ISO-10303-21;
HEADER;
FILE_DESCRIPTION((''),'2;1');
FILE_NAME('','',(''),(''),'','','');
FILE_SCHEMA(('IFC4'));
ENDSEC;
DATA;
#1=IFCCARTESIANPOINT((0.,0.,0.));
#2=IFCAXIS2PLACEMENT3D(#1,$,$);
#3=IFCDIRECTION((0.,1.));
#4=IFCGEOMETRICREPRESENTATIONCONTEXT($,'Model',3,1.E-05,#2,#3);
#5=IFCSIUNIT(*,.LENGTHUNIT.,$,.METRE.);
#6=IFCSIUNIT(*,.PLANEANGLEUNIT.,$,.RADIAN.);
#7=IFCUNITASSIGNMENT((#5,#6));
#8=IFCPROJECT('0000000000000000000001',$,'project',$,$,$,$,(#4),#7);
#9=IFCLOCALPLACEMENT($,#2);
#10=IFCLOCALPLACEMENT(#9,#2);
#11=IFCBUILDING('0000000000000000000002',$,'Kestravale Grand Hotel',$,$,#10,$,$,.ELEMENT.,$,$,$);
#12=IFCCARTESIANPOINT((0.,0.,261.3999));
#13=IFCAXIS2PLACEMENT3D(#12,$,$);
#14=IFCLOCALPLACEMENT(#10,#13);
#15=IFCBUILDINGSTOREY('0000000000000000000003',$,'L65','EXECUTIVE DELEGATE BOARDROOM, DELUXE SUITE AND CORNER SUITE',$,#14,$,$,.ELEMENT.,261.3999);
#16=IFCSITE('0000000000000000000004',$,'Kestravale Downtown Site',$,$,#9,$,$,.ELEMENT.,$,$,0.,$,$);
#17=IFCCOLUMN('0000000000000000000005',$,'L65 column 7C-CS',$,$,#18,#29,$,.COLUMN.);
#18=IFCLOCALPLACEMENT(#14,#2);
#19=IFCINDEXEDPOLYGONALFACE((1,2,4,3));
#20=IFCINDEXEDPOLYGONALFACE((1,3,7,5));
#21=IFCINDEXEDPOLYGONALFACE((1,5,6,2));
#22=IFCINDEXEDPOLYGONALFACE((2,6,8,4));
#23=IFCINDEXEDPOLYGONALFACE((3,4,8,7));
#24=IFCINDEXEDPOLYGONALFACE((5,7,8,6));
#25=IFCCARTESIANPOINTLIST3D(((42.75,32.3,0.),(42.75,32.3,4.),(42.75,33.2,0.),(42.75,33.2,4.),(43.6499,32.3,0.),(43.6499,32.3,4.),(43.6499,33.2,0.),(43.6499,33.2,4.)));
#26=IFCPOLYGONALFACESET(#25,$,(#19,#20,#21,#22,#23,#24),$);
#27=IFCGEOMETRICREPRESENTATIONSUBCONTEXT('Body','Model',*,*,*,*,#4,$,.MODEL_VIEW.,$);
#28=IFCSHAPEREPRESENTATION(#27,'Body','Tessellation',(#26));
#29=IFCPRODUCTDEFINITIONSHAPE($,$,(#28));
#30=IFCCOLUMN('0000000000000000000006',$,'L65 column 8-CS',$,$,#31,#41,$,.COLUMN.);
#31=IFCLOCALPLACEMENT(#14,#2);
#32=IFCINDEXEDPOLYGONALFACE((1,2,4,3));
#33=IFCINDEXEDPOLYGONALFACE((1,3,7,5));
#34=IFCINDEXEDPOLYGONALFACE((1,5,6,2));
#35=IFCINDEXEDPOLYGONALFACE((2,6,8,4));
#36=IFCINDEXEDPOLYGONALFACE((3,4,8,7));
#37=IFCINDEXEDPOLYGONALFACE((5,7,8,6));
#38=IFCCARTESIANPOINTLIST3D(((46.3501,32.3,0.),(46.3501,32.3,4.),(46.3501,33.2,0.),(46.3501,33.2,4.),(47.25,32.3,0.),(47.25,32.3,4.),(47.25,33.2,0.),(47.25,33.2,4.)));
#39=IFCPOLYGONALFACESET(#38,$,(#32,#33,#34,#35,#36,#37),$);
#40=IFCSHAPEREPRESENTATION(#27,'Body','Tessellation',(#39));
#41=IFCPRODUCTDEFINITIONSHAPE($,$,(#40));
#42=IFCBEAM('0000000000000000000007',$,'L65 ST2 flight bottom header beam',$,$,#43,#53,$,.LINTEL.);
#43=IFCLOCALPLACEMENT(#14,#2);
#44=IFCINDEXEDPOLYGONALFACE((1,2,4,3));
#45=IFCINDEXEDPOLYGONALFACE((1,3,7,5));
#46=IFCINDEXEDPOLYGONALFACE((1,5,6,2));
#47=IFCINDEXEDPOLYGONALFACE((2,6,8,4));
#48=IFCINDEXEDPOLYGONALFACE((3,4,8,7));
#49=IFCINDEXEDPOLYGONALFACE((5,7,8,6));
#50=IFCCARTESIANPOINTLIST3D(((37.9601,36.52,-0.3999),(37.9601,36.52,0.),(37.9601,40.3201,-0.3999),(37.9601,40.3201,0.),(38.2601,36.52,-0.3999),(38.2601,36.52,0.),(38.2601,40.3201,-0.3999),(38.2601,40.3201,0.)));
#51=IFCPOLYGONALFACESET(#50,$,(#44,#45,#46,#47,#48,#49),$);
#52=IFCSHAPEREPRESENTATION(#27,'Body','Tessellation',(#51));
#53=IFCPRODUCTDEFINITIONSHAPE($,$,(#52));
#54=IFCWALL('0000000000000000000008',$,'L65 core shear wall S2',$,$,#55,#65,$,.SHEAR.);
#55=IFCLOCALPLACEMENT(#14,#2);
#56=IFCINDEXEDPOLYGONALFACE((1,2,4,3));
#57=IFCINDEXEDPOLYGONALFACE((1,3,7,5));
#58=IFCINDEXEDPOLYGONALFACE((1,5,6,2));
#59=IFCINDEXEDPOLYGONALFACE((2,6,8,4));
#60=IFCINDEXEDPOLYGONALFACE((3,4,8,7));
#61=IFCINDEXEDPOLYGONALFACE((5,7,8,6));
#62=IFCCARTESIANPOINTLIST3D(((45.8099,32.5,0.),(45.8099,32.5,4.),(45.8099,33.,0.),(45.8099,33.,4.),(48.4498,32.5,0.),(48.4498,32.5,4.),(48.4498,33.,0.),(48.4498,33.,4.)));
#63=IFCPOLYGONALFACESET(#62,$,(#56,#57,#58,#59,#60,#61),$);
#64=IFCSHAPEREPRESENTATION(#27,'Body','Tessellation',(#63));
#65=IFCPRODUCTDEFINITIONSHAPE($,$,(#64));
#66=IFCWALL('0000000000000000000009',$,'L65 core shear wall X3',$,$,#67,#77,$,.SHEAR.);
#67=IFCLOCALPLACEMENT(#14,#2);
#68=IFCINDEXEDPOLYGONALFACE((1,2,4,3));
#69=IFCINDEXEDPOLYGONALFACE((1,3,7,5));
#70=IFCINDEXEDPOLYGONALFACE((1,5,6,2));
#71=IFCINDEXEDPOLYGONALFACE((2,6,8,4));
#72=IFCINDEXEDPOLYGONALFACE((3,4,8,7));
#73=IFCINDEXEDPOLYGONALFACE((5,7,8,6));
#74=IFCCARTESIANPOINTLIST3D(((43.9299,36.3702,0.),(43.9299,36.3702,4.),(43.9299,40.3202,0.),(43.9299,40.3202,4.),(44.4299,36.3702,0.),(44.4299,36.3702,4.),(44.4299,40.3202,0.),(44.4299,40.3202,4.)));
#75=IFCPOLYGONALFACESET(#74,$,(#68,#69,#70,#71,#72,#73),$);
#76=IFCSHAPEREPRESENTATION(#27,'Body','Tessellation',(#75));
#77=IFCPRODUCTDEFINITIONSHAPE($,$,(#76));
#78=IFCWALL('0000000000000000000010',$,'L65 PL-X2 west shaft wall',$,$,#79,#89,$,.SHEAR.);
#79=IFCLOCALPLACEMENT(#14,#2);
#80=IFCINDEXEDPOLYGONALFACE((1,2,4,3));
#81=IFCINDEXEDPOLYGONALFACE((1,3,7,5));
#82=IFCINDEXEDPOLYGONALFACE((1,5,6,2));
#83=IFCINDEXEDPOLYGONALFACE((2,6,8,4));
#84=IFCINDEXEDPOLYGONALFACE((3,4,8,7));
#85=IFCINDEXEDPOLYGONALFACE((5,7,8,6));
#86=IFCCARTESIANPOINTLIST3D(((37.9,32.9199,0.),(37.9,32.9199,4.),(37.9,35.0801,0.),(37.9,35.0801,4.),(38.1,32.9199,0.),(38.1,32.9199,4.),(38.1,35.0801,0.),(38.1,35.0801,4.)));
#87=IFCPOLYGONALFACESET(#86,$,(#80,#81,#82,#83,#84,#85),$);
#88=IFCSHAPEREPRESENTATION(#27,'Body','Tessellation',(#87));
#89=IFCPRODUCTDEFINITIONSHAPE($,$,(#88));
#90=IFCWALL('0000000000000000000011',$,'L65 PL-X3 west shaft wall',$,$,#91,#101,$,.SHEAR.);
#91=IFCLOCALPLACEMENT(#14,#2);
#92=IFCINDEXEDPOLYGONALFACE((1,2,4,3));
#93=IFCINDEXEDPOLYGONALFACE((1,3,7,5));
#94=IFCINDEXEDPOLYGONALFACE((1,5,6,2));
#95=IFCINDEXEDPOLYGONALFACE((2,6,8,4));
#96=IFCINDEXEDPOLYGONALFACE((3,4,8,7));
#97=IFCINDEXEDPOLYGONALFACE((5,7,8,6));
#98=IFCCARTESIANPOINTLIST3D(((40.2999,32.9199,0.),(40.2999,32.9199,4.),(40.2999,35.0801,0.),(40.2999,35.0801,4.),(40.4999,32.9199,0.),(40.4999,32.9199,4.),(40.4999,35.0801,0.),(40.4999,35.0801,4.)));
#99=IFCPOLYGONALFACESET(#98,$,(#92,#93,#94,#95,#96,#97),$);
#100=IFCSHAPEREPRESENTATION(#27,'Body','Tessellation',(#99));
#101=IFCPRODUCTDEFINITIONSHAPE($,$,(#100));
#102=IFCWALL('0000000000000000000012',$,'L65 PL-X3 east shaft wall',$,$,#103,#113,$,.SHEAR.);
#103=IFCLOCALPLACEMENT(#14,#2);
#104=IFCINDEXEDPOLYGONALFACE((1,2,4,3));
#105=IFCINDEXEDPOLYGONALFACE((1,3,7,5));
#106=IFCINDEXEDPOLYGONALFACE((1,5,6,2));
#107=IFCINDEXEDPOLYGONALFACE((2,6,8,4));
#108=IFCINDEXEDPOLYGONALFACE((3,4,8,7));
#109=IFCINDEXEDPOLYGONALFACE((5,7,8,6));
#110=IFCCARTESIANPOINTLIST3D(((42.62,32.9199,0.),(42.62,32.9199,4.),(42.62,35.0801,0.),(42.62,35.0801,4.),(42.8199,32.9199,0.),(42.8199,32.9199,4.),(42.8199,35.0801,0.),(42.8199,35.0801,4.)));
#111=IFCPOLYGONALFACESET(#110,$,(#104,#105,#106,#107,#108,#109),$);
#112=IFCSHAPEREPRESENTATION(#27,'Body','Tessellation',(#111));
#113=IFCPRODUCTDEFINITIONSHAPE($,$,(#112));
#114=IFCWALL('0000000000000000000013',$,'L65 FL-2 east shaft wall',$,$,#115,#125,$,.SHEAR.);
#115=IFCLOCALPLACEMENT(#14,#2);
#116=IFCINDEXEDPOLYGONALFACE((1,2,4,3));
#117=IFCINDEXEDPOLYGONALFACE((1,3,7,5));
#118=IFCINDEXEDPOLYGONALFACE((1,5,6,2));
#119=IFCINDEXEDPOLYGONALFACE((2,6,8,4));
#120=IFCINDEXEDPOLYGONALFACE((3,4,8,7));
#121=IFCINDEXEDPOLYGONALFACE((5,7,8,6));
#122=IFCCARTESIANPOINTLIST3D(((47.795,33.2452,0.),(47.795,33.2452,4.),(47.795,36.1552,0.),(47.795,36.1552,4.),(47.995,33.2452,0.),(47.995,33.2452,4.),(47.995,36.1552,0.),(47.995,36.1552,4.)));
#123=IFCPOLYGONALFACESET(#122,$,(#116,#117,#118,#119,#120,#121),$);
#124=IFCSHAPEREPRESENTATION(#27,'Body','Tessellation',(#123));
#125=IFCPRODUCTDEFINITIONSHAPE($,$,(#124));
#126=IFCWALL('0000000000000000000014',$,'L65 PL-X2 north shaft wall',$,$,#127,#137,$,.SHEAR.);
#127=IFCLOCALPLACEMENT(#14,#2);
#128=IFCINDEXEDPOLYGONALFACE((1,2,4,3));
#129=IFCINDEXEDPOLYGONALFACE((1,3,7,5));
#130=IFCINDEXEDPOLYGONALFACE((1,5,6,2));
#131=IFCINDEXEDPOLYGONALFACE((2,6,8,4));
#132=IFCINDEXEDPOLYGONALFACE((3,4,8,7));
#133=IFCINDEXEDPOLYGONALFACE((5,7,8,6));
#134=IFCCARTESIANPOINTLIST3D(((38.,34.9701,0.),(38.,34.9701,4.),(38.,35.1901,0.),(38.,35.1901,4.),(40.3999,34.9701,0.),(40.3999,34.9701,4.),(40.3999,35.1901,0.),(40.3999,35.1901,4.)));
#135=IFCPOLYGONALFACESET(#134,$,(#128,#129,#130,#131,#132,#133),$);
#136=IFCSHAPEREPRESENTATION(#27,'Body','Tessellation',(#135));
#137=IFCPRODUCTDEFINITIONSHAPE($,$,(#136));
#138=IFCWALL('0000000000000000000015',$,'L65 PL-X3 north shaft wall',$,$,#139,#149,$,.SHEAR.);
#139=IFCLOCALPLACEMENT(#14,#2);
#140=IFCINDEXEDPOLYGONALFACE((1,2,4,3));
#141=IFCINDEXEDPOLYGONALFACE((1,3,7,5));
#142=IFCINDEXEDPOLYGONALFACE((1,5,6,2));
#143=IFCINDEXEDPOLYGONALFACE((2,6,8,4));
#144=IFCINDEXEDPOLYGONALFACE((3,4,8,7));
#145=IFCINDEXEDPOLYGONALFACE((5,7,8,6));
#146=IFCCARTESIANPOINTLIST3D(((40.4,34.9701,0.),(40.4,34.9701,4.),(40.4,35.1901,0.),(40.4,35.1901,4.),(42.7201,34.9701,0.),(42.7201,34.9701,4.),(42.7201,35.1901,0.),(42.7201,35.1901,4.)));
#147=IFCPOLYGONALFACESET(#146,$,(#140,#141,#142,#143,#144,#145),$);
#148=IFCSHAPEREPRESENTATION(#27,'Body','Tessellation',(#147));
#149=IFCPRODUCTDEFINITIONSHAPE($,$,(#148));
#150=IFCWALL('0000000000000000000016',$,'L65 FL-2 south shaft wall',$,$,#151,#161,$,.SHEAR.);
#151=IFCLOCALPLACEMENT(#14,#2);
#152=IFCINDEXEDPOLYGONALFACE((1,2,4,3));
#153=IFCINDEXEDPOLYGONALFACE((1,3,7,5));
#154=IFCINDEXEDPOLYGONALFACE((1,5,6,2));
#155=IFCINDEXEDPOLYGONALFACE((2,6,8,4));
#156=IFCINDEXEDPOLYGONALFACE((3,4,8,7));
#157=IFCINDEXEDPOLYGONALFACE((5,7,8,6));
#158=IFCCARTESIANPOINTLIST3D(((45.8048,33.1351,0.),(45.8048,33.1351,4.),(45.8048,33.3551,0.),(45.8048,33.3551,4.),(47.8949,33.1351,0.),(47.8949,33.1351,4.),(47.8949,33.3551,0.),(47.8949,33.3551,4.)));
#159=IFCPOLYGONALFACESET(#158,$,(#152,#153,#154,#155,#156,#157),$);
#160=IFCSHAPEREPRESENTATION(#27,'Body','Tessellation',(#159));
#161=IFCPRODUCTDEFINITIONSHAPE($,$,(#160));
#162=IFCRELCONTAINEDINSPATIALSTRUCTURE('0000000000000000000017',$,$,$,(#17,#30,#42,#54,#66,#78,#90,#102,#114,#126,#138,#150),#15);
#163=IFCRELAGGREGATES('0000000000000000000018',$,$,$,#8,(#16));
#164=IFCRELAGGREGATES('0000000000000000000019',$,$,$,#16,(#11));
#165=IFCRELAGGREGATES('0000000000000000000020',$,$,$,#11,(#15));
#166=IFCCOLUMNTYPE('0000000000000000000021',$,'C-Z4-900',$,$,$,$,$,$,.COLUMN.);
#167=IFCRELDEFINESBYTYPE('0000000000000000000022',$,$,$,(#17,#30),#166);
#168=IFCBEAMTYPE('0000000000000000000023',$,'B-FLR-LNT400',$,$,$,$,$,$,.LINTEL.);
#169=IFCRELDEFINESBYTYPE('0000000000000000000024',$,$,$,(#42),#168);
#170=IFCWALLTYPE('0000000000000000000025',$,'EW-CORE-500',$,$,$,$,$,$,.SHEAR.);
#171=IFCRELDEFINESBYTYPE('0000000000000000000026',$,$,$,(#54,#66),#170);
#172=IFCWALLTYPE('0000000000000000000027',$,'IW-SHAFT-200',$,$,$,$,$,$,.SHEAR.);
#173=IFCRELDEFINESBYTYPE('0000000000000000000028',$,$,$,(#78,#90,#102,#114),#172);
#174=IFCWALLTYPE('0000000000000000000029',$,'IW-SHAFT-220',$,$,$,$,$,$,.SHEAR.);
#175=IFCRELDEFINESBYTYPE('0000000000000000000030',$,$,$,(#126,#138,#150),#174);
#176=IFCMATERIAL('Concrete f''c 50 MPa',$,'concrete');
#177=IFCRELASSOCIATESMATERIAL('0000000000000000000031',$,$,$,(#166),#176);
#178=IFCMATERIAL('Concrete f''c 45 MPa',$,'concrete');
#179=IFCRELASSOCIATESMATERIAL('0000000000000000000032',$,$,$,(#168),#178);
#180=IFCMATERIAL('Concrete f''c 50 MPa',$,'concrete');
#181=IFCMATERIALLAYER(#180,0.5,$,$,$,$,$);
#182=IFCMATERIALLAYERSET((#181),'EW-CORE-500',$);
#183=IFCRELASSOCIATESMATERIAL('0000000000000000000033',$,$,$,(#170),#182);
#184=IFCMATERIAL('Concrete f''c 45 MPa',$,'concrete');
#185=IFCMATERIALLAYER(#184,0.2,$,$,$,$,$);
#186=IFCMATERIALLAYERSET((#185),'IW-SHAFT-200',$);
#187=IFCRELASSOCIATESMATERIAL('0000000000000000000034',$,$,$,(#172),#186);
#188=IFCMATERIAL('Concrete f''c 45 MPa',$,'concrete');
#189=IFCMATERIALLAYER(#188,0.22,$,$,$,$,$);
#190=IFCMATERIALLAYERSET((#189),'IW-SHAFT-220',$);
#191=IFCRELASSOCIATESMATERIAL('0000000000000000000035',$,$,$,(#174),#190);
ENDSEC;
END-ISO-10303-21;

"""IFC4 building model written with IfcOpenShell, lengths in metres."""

from ifc_helpers import new_model, si_unit, direction, frame, frame_2d, origin, origin_2d, place, context, subcontext, project, spatial, rectangle, extrude, material, layer, layer_set, material_profile, profile_set, type_object, element, save


model = new_model("IFC4")

# Units and contexts
model_context = context("Model", 3, precision=1e-05, world=origin(), true_north=direction((0.0, 1.0)))
body_context = subcontext(model_context, "Body", "Model", "MODEL_VIEW")
ifc_project = project(units=[si_unit("LENGTHUNIT", "METRE"), si_unit("PLANEANGLEUNIT", "RADIAN")], contexts=[model_context])

# Site, building, storey
site_placement = place(None, origin())
site = spatial("IfcSite", under=ifc_project, at=site_placement, Name="Kestravale Downtown Site", CompositionType="ELEMENT", RefElevation=0.0)
building_placement = place(site_placement, origin())
building = spatial("IfcBuilding", under=site, at=building_placement, Name="Kestravale Grand Hotel", CompositionType="ELEMENT")
storey_placement = place(building_placement, frame((0.0, 0.0, 261.3999)))
storey = spatial("IfcBuildingStorey", under=building, at=storey_placement, Name="L65", Description="EXECUTIVE DELEGATE BOARDROOM, DELUXE SUITE AND CORNER SUITE", CompositionType="ELEMENT", Elevation=261.3999)

# Columns
ifc_material_1 = material(Name="Concrete f'c 50 MPa", Category="concrete")
ifc_material_profile_1 = material_profile(ifc_material_1, rectangle(XDim=0.8999, YDim=0.8999, at=origin_2d()))
ifc_profile_set_1 = profile_set([ifc_material_profile_1], Name="Concrete f'c 50 MPa")
column_type = type_object("IfcColumnType", Name="C-Z4-900", PredefinedType="COLUMN", material=ifc_profile_set_1)
for number, where, z_axis, x_axis, name in (
    (1, (43.2, 32.75, 0.0), (0.0, 0.0, 1.0), (1.0, 0.0, 0.0), "L65 column 7C-CS"),
    (2, (46.8, 32.75, 0.0), (0.0, 0.0, 1.0), (1.0, 0.0, 0.0), "L65 column 8-CS"),
):
    element("IfcColumn", number, at=place(storey_placement, frame(where, z_axis=z_axis, x_axis=x_axis)), inside=storey, type_object=column_type, Name=name, PredefinedType="COLUMN", context=body_context, shape_type="SweptSolid", body=[
        extrude(rectangle(XDim=0.8999, YDim=0.8999, at=origin_2d()), origin(), (0.0, 0.0, 1.0), 4.0),
    ])

# Beam
ifc_material_2 = material(Name="Concrete f'c 45 MPa", Category="concrete")
ifc_material_profile_2 = material_profile(ifc_material_2, rectangle(XDim=0.3, YDim=0.3999, at=origin_2d()))
ifc_profile_set_2 = profile_set([ifc_material_profile_2], Name="Concrete f'c 45 MPa")
beam_type = type_object("IfcBeamType", Name="B-FLR-LNT400", PredefinedType="LINTEL", material=ifc_profile_set_2)
beam_placement = place(storey_placement, frame((38.1101, 36.52, -0.2), z_axis=(0.0, 1.0, 0.0), x_axis=(-1.0, 0.0, 0.0)))
element("IfcBeam", 3, at=beam_placement, inside=storey, type_object=beam_type, Name="L65 ST2 flight bottom header beam", PredefinedType="LINTEL", context=body_context, shape_type="SweptSolid", body=[
    extrude(rectangle(XDim=0.3, YDim=0.3999, at=origin_2d()), origin(), (0.0, 0.0, 1.0), 3.8),
])

# Walls
ifc_material_3 = material(Name="Concrete f'c 50 MPa", Category="concrete")
ifc_layer_1 = layer(ifc_material_3, 0.5)
ifc_layer_set_1 = layer_set([ifc_layer_1], Name="EW-CORE-500")
wall_type_1 = type_object("IfcWallType", Name="EW-CORE-500", PredefinedType="SHEAR", material=ifc_layer_set_1)
wall_1_placement = place(storey_placement, frame((45.8101, 32.75, 0.0), z_axis=(0.0, 0.0, 1.0), x_axis=(1.0, 0.0, 0.0)))
element("IfcWall", 4, at=wall_1_placement, inside=storey, type_object=wall_type_1, Name="L65 core shear wall S2", PredefinedType="SHEAR", context=body_context, shape_type="SweptSolid", body=[
    extrude(rectangle(XDim=2.6399, YDim=0.5, at=frame_2d((1.3198, 0.0))), origin(), (0.0, 0.0, 1.0), 4.0),
])
wall_2_placement = place(storey_placement, frame((44.1799, 36.3701, 0.0), z_axis=(0.0, 0.0, 1.0), x_axis=(0.0, 1.0, 0.0)))
element("IfcWall", 5, at=wall_2_placement, inside=storey, type_object=wall_type_1, Name="L65 core shear wall X3", PredefinedType="SHEAR", context=body_context, shape_type="SweptSolid", body=[
    extrude(rectangle(XDim=3.95, YDim=0.5, at=frame_2d((1.9751, 0.0))), origin(), (0.0, 0.0, 1.0), 4.0),
])

# Walls
ifc_material_4 = material(Name="Concrete f'c 45 MPa", Category="concrete")
ifc_layer_2 = layer(ifc_material_4, 0.2)
ifc_layer_set_2 = layer_set([ifc_layer_2], Name="IW-SHAFT-200")
wall_type_2 = type_object("IfcWallType", Name="IW-SHAFT-200", PredefinedType="SHEAR", material=ifc_layer_set_2)
for number, where, z_axis, x_axis, name in (
    (6, (38.0, 32.9199, 0.0), (0.0, 0.0, 1.0), (0.0, 1.0, 0.0), "L65 PL-X2 west shaft wall"),
    (7, (40.3999, 32.9199, 0.0), (0.0, 0.0, 1.0), (0.0, 1.0, 0.0), "L65 PL-X3 west shaft wall"),
    (8, (42.72, 32.9199, 0.0), (0.0, 0.0, 1.0), (0.0, 1.0, 0.0), "L65 PL-X3 east shaft wall"),
):
    element("IfcWall", number, at=place(storey_placement, frame(where, z_axis=z_axis, x_axis=x_axis)), inside=storey, type_object=wall_type_2, Name=name, PredefinedType="SHEAR", context=body_context, shape_type="SweptSolid", body=[
        extrude(rectangle(XDim=2.1602, YDim=0.2, at=frame_2d((1.0801, 0.0))), origin(), (0.0, 0.0, 1.0), 4.0),
    ])
wall_3_placement = place(storey_placement, frame((47.895, 33.2451, 0.0), z_axis=(0.0, 0.0, 1.0), x_axis=(0.0, 1.0, 0.0)))
element("IfcWall", 9, at=wall_3_placement, inside=storey, type_object=wall_type_2, Name="L65 FL-2 east shaft wall", PredefinedType="SHEAR", context=body_context, shape_type="SweptSolid", body=[
    extrude(rectangle(XDim=2.9099, YDim=0.2, at=frame_2d((1.4551, 0.0))), origin(), (0.0, 0.0, 1.0), 4.0),
])
ifc_material_5 = material(Name="Concrete f'c 45 MPa", Category="concrete")
ifc_layer_3 = layer(ifc_material_5, 0.22)
ifc_layer_set_3 = layer_set([ifc_layer_3], Name="IW-SHAFT-220")
wall_type_3 = type_object("IfcWallType", Name="IW-SHAFT-220", PredefinedType="SHEAR", material=ifc_layer_set_3)
wall_4_placement = place(storey_placement, frame((38.0, 35.0801, 0.0), z_axis=(0.0, 0.0, 1.0), x_axis=(1.0, 0.0, 0.0)))
element("IfcWall", 10, at=wall_4_placement, inside=storey, type_object=wall_type_3, Name="L65 PL-X2 north shaft wall", PredefinedType="SHEAR", context=body_context, shape_type="SweptSolid", body=[
    extrude(rectangle(XDim=2.3999, YDim=0.22, at=frame_2d((1.2, 0.0))), origin(), (0.0, 0.0, 1.0), 4.0),
])

# Wall
wall_5_placement = place(storey_placement, frame((40.3999, 35.0801, 0.0), z_axis=(0.0, 0.0, 1.0), x_axis=(1.0, 0.0, 0.0)))
element("IfcWall", 11, at=wall_5_placement, inside=storey, type_object=wall_type_3, Name="L65 PL-X3 north shaft wall", PredefinedType="SHEAR", context=body_context, shape_type="SweptSolid", body=[
    extrude(rectangle(XDim=2.3201, YDim=0.22, at=frame_2d((1.1602, 0.0))), origin(), (0.0, 0.0, 1.0), 4.0),
])

# Wall
wall_6_placement = place(storey_placement, frame((45.8049, 33.2451, 0.0), z_axis=(0.0, 0.0, 1.0), x_axis=(1.0, 0.0, 0.0)))
element("IfcWall", 12, at=wall_6_placement, inside=storey, type_object=wall_type_3, Name="L65 FL-2 south shaft wall", PredefinedType="SHEAR", context=body_context, shape_type="SweptSolid", body=[
    extrude(rectangle(XDim=2.0901, YDim=0.22, at=frame_2d((1.0449, 0.0))), origin(), (0.0, 0.0, 1.0), 4.0),
])

save(model, "model.ifc")
